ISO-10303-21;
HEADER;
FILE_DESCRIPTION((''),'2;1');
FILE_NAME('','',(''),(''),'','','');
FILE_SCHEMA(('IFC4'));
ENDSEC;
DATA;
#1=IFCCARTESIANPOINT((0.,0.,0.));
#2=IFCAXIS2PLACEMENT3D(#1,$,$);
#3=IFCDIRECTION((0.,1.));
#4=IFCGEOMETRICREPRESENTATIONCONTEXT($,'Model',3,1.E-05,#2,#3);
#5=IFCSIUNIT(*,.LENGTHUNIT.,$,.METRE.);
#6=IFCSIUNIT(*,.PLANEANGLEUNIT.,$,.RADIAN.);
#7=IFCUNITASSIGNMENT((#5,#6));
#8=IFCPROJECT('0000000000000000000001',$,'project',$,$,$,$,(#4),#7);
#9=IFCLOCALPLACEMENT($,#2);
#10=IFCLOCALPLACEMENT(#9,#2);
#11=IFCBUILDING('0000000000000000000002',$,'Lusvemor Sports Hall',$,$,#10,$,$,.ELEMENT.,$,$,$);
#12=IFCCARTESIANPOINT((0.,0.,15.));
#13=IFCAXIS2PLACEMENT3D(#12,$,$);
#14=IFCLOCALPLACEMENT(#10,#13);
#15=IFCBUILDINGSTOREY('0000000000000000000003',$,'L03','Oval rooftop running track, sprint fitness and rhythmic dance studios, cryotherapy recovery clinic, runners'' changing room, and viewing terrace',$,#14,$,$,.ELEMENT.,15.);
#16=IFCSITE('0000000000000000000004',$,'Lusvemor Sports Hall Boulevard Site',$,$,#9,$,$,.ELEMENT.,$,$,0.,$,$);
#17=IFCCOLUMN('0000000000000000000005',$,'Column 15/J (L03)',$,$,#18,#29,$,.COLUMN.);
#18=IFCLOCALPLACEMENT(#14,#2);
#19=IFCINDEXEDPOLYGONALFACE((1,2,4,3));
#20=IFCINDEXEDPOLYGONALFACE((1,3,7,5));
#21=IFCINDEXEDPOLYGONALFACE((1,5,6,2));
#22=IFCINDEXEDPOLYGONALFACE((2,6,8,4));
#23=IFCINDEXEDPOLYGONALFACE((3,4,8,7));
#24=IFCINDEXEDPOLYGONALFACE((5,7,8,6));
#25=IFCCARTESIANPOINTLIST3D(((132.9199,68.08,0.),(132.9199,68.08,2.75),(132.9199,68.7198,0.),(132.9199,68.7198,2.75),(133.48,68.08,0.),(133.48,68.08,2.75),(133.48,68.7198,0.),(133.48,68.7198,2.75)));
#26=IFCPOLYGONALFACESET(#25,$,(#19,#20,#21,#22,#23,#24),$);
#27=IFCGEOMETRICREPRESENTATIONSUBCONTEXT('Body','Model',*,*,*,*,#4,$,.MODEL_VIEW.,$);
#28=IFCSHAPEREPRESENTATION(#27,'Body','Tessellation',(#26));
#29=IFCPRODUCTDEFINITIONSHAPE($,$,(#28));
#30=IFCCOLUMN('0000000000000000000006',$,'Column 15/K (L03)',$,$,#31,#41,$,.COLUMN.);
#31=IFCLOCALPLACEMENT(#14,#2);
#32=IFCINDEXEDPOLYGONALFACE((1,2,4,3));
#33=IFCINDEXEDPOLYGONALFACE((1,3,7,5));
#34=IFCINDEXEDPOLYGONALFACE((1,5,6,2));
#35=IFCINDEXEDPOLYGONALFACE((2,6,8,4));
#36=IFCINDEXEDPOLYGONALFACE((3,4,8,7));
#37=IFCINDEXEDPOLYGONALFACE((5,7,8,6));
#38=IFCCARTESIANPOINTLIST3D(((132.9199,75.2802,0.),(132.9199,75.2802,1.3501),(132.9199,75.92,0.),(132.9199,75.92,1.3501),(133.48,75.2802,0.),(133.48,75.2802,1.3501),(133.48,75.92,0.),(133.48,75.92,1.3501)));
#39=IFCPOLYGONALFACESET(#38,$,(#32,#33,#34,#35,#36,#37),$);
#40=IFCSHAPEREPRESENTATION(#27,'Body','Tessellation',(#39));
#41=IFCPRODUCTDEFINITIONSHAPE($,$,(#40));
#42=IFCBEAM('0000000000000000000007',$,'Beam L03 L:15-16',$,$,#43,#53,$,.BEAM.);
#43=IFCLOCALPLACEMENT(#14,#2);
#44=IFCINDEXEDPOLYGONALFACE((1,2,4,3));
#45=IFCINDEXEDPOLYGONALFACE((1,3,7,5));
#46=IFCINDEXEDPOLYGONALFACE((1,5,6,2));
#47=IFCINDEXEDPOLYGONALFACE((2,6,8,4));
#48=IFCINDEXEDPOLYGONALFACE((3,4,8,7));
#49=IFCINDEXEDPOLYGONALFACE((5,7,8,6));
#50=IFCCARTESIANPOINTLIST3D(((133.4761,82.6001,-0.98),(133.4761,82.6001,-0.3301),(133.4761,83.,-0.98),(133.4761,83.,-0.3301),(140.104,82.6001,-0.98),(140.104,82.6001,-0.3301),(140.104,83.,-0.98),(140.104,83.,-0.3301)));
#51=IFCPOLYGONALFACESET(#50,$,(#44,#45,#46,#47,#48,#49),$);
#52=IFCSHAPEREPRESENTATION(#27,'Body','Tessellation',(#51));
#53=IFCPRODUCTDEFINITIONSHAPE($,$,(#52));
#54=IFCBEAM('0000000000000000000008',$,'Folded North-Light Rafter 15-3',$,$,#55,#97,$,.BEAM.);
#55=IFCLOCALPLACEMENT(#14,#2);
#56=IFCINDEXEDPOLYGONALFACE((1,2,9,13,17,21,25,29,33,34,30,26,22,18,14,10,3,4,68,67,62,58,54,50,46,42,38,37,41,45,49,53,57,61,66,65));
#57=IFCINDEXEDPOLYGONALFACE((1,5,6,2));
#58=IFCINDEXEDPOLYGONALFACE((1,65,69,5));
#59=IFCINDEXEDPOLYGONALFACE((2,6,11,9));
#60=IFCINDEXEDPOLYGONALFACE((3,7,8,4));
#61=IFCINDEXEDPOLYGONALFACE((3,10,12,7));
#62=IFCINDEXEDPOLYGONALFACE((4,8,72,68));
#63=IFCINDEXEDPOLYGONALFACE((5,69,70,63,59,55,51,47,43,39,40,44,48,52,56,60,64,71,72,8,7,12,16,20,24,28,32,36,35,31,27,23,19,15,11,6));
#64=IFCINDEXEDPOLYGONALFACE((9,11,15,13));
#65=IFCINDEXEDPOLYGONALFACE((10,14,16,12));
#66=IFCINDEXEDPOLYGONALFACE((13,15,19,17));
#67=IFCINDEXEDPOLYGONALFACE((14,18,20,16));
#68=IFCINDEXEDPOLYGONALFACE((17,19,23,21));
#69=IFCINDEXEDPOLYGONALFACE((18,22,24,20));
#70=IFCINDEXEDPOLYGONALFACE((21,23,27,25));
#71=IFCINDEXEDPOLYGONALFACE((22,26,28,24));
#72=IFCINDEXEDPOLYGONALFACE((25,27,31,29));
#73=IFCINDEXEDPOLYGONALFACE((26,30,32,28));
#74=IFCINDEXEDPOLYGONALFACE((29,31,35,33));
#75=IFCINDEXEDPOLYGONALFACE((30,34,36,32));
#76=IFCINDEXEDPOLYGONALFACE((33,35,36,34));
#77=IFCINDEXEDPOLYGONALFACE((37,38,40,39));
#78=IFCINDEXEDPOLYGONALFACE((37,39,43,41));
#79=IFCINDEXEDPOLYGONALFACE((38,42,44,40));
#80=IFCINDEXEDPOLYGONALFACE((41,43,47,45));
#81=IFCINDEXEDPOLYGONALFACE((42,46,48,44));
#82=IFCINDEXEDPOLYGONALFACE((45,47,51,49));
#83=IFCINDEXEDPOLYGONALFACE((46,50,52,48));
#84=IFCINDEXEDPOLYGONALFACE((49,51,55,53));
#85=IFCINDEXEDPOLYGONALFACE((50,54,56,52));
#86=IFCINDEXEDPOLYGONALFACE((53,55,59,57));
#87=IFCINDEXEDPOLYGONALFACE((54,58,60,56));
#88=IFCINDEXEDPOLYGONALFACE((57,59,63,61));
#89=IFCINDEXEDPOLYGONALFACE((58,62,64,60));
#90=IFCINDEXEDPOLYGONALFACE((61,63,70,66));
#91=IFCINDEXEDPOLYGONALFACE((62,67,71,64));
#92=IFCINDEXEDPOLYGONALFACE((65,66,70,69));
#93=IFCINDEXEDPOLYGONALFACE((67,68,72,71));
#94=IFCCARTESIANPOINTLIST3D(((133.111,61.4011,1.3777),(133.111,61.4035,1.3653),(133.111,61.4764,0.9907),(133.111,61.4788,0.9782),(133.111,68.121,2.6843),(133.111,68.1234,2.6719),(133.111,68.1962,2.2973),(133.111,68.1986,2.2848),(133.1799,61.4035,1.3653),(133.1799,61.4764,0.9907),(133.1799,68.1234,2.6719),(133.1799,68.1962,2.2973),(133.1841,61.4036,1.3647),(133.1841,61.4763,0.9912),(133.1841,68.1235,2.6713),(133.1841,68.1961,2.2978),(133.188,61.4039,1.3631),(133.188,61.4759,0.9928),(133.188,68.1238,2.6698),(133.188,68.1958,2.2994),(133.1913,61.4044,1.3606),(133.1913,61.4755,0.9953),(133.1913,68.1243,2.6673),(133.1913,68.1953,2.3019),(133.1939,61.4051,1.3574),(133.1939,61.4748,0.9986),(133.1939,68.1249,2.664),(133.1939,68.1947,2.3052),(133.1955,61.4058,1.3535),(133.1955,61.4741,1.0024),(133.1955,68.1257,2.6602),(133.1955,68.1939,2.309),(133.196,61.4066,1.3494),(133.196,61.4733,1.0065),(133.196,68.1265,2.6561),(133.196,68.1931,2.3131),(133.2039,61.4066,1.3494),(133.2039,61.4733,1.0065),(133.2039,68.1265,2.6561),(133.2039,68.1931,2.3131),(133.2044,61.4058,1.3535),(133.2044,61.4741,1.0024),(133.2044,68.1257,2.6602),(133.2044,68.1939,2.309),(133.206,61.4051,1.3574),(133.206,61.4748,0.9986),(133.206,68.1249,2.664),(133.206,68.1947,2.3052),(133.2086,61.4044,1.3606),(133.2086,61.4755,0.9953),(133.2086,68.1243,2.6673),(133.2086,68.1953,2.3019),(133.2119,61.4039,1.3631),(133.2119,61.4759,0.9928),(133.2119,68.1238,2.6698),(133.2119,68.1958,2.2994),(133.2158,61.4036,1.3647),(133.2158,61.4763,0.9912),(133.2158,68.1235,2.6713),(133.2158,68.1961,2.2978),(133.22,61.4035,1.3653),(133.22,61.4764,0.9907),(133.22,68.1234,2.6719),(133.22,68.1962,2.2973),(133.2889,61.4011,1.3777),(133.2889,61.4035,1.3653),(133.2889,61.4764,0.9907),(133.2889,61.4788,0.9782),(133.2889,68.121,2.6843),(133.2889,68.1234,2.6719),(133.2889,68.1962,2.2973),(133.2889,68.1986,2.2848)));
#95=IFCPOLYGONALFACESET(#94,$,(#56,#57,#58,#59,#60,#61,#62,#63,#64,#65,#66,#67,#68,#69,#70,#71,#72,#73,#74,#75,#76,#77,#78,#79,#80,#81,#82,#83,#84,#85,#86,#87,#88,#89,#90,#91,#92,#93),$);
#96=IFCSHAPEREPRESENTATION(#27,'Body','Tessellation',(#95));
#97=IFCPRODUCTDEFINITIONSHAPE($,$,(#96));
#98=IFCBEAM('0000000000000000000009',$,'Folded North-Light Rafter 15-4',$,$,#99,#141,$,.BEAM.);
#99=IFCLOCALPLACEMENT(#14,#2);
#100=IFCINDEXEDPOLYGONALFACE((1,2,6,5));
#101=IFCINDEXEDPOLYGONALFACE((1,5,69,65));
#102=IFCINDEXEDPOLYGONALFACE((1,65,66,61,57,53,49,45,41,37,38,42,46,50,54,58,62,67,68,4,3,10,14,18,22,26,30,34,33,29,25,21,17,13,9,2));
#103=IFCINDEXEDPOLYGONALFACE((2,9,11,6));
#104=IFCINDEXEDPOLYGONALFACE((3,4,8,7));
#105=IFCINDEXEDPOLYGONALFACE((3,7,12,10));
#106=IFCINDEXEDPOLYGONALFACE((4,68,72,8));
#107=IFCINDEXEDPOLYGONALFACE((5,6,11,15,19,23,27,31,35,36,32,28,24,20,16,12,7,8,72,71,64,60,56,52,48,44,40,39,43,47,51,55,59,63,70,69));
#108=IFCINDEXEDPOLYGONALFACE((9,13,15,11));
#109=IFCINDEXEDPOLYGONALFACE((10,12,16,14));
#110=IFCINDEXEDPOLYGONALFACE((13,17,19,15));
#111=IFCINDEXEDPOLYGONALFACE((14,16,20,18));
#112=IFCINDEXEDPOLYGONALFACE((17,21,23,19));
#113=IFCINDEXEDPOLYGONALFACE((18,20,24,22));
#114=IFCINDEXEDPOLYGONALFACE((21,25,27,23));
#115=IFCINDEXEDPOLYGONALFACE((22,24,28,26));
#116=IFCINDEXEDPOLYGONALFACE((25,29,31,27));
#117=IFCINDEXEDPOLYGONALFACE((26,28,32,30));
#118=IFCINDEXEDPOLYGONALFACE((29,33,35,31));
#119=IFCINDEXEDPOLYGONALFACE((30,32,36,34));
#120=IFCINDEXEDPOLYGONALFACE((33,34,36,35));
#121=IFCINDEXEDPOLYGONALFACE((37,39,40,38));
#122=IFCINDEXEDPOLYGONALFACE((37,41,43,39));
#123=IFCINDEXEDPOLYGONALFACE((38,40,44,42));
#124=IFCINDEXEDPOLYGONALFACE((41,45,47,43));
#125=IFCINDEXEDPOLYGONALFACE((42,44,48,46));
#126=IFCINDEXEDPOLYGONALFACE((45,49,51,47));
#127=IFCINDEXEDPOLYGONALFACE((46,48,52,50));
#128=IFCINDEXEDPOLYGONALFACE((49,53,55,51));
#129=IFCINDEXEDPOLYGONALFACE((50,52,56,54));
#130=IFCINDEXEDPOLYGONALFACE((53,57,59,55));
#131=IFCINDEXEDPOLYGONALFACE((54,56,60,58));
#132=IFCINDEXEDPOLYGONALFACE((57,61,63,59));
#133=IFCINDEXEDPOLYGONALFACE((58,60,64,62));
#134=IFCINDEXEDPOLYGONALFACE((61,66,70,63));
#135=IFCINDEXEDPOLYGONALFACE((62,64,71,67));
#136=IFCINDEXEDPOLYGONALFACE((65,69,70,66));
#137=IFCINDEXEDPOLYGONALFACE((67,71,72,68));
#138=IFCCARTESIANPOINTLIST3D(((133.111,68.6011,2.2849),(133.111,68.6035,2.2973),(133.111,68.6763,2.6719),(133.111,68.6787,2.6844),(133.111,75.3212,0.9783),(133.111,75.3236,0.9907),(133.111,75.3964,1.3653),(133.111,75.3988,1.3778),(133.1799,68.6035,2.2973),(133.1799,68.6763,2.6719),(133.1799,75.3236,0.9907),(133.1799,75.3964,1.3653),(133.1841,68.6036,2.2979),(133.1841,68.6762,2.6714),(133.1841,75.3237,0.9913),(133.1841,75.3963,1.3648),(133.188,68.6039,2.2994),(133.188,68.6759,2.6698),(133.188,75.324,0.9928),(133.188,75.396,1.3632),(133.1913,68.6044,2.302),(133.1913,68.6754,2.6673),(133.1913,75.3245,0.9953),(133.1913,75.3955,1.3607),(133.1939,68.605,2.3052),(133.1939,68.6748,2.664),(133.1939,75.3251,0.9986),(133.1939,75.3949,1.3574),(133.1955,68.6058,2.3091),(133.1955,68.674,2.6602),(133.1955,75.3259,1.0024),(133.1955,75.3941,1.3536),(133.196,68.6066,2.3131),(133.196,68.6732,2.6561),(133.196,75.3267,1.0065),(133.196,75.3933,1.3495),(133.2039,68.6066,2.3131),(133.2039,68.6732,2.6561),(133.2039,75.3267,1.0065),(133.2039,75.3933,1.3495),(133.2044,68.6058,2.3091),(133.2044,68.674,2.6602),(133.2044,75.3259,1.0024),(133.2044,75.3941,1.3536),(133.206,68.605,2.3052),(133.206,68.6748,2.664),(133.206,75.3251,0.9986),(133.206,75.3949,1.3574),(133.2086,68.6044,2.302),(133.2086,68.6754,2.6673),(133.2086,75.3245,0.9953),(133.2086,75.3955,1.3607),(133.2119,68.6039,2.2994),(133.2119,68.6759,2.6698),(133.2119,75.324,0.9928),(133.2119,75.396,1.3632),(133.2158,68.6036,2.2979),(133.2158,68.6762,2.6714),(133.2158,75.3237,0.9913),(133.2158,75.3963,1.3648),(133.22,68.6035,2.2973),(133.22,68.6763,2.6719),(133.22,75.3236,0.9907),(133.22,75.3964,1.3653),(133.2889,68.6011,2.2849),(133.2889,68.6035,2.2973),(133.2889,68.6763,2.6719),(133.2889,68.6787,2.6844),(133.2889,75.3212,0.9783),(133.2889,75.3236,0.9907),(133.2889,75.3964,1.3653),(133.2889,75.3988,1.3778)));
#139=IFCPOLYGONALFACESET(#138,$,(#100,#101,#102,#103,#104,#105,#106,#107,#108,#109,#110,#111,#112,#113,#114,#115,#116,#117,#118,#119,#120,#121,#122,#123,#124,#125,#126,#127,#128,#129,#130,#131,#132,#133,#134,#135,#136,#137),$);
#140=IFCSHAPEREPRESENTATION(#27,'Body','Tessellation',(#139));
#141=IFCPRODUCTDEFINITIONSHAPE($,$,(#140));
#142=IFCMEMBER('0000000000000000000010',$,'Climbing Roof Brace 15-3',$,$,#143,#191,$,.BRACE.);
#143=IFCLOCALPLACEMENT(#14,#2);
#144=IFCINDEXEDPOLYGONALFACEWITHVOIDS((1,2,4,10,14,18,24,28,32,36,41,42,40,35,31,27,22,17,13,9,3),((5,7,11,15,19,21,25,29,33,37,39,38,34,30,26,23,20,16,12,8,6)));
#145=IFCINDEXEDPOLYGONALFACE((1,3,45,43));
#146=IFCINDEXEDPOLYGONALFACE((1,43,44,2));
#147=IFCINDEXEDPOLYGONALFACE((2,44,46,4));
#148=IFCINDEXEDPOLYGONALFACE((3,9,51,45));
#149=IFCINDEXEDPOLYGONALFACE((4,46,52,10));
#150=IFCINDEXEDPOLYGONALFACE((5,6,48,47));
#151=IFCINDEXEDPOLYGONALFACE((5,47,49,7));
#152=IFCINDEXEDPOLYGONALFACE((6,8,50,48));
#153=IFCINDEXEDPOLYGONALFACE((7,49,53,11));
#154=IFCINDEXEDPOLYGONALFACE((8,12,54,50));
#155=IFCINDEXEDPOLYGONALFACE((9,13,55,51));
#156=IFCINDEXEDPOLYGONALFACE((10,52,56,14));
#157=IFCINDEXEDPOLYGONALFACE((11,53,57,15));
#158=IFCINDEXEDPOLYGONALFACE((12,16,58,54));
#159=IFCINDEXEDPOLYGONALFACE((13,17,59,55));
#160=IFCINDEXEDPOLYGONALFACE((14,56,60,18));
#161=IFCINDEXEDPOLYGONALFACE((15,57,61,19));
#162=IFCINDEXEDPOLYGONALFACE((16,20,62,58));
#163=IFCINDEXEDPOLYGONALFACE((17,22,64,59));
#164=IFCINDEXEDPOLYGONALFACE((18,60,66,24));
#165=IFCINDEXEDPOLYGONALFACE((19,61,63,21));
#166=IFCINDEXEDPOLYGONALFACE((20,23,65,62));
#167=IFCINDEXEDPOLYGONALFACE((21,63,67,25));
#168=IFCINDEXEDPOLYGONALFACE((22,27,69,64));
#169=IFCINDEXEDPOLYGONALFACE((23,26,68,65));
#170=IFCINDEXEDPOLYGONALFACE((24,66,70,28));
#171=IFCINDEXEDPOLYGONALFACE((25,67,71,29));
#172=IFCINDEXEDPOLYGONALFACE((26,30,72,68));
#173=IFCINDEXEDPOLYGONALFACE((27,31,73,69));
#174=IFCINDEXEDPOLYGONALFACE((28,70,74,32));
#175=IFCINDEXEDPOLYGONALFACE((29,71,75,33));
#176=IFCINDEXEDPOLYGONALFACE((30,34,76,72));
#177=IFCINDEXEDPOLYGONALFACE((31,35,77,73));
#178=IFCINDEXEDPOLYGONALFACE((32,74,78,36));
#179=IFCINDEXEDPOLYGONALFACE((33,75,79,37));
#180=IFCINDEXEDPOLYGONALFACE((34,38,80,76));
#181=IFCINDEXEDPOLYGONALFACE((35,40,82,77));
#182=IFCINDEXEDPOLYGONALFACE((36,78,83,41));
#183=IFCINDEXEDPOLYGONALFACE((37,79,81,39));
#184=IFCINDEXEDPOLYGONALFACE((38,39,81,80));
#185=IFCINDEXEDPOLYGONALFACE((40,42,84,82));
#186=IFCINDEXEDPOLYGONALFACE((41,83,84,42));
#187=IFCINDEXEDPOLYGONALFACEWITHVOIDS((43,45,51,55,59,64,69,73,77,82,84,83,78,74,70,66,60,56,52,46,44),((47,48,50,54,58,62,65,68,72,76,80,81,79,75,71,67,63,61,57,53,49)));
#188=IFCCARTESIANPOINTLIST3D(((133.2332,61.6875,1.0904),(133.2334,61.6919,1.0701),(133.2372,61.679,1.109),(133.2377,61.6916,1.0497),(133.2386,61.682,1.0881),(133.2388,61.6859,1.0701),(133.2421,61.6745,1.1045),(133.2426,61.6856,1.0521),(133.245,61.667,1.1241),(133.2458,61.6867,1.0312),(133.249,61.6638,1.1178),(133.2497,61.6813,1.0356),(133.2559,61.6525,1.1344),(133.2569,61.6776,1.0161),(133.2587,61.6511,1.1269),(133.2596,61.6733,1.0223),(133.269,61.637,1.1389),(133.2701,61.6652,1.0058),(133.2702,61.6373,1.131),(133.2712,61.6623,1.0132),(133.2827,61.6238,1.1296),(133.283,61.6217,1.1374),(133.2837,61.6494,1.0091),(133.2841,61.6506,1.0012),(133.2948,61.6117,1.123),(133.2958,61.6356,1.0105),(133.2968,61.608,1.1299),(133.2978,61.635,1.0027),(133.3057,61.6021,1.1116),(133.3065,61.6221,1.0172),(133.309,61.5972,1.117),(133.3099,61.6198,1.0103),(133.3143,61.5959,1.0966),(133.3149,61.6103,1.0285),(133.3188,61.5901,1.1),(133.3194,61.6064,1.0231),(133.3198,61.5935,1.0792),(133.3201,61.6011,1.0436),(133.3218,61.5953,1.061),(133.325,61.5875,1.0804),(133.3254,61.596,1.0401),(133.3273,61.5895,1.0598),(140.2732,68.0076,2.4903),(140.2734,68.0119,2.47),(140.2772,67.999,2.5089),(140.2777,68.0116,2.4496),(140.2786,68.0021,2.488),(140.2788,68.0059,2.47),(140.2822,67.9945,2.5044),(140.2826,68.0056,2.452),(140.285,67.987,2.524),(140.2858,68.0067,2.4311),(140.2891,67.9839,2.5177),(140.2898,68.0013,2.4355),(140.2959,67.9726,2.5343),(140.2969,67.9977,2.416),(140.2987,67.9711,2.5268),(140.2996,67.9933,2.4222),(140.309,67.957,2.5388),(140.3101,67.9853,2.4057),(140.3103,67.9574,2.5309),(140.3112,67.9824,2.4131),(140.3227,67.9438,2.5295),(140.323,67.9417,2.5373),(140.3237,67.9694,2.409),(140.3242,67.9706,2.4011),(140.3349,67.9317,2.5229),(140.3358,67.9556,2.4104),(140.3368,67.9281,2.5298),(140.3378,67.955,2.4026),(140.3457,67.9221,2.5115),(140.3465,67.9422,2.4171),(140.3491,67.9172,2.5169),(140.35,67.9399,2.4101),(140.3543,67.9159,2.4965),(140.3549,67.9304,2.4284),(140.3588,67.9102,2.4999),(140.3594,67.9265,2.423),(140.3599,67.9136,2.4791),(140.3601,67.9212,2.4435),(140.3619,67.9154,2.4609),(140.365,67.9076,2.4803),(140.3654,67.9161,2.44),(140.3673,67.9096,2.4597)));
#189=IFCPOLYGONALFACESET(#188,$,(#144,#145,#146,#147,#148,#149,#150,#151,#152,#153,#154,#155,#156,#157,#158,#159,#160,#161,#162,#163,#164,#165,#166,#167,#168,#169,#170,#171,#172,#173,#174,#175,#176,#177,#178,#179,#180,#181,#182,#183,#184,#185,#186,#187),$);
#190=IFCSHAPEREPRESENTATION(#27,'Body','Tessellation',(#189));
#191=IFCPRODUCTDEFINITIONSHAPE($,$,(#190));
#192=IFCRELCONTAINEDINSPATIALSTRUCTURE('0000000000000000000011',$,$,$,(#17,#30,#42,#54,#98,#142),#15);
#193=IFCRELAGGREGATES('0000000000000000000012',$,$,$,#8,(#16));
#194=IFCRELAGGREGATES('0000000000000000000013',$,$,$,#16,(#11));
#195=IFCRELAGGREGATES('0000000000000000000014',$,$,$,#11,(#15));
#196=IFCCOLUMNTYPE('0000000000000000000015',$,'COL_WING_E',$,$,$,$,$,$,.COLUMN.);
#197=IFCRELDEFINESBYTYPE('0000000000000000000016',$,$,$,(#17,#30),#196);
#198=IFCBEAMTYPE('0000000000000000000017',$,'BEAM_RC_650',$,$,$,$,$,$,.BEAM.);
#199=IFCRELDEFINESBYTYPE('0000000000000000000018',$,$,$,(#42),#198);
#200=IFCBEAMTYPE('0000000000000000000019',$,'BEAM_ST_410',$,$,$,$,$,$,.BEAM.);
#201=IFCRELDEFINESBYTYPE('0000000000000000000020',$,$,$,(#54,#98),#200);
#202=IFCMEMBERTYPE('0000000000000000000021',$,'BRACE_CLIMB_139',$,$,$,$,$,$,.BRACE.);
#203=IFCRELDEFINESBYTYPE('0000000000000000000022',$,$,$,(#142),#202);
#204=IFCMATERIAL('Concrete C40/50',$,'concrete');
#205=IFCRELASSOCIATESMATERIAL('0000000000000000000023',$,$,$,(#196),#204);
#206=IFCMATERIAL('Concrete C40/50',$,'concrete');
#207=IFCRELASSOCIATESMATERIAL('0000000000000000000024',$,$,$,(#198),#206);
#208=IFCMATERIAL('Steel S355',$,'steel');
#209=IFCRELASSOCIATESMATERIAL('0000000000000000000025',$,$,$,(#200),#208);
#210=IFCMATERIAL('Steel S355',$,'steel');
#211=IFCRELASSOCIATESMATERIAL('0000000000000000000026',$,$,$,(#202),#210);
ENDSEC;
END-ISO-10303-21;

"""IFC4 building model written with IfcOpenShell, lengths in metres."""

from ifc_helpers import new_model, si_unit, direction, frame, origin, origin_2d, place, context, subcontext, project, spatial, rectangle, hollow_circle, i_section, extrude, material, material_profile, profile_set, type_object, element, save


model = new_model("IFC4")

# Units and contexts
model_context = context("Model", 3, precision=1e-05, world=origin(), true_north=direction((0.0, 1.0)))
body_context = subcontext(model_context, "Body", "Model", "MODEL_VIEW")
ifc_project = project(units=[si_unit("LENGTHUNIT", "METRE"), si_unit("PLANEANGLEUNIT", "RADIAN")], contexts=[model_context])

# Site, building, storey
site_placement = place(None, origin())
site = spatial("IfcSite", under=ifc_project, at=site_placement, Name="Lusvemor Sports Hall Boulevard Site", CompositionType="ELEMENT", RefElevation=0.0)
building_placement = place(site_placement, origin())
building = spatial("IfcBuilding", under=site, at=building_placement, Name="Lusvemor Sports Hall", CompositionType="ELEMENT")
storey_placement = place(building_placement, frame((0.0, 0.0, 15.0)))
storey = spatial("IfcBuildingStorey", under=building, at=storey_placement, Name="L03", Description="Oval rooftop running track, sprint fitness and rhythmic dance studios, cryotherapy recovery clinic, runners' changing room, and viewing terrace", CompositionType="ELEMENT", Elevation=15.0)

# Columns
ifc_material_1 = material(Name="Concrete C40/50", Category="concrete")
ifc_material_profile_1 = material_profile(ifc_material_1, rectangle(XDim=0.5601, YDim=0.6399, at=origin_2d()), Name="RC560x640")
ifc_profile_set_1 = profile_set([ifc_material_profile_1], Name="Concrete C40/50")
column_type = type_object("IfcColumnType", Name="COL_WING_E", PredefinedType="COLUMN", material=ifc_profile_set_1)
column_1_placement = place(storey_placement, frame((133.2, 68.3999, 0.0), z_axis=(0.0, 0.0, 1.0), x_axis=(1.0, 0.0, 0.0)))
element("IfcColumn", 1, at=column_1_placement, inside=storey, type_object=column_type, Name="Column 15/J (L03)", PredefinedType="COLUMN", context=body_context, shape_type="SweptSolid", body=[
    extrude(rectangle(XDim=0.5601, YDim=0.6399, at=origin_2d()), origin(), (0.0, 0.0, 1.0), 2.75),
])
column_2_placement = place(storey_placement, frame((133.2, 75.6001, 0.0), z_axis=(0.0, 0.0, 1.0), x_axis=(1.0, 0.0, 0.0)))
element("IfcColumn", 2, at=column_2_placement, inside=storey, type_object=column_type, Name="Column 15/K (L03)", PredefinedType="COLUMN", context=body_context, shape_type="SweptSolid", body=[
    extrude(rectangle(XDim=0.5601, YDim=0.6399, at=origin_2d()), origin(), (0.0, 0.0, 1.0), 1.3501),
])

# Beams
ifc_material_2 = material(Name="Concrete C40/50", Category="concrete")
ifc_material_profile_2 = material_profile(ifc_material_2, rectangle(XDim=0.3999, YDim=0.6499, at=origin_2d()), Name="RC400x650")
ifc_profile_set_2 = profile_set([ifc_material_profile_2], Name="Concrete C40/50")
beam_type_1 = type_object("IfcBeamType", Name="BEAM_RC_650", PredefinedType="BEAM", material=ifc_profile_set_2)
beam_1_placement = place(storey_placement, frame((133.4761, 82.8, -0.655), z_axis=(1.0, 0.0, 0.0), x_axis=(0.0, 1.0, 0.0)))
element("IfcBeam", 3, at=beam_1_placement, inside=storey, type_object=beam_type_1, Name="Beam L03 L:15-16", PredefinedType="BEAM", context=body_context, shape_type="SweptSolid", body=[
    extrude(rectangle(XDim=0.3999, YDim=0.6499, at=origin_2d()), origin(), (0.0, 0.0, 1.0), 6.6279),
])
ifc_material_3 = material(Name="Steel S355", Category="steel")
ifc_material_profile_3 = material_profile(ifc_material_3, i_section(OverallWidth=0.178, OverallDepth=0.407, WebThickness=0.0078, FlangeThickness=0.0127, FilletRadius=0.0161, at=origin_2d()), Name="W410x60.0")
ifc_profile_set_3 = profile_set([ifc_material_profile_3], Name="Steel S355")
beam_type_2 = type_object("IfcBeamType", Name="BEAM_ST_410", PredefinedType="BEAM", material=ifc_profile_set_3)
beam_2_placement = place(storey_placement, frame((133.2, 61.4399, 1.178), z_axis=(0.0, 0.981616, 0.190867), x_axis=(-1.0, 0.0, 0.0)))
element("IfcBeam", 4, at=beam_2_placement, inside=storey, type_object=beam_type_2, Name="Folded North-Light Rafter 15-3", PredefinedType="BEAM", context=body_context, shape_type="SweptSolid", body=[
    extrude(i_section(OverallWidth=0.178, OverallDepth=0.407, WebThickness=0.0078, FlangeThickness=0.0127, FilletRadius=0.0161, at=origin_2d()), origin(), (0.0, 0.0, 1.0), 6.8457),
])
beam_3_placement = place(storey_placement, frame((133.2, 68.6399, 2.4846), z_axis=(0.0, 0.981617, -0.19086), x_axis=(-1.0, 0.0, 0.0)))
element("IfcBeam", 5, at=beam_3_placement, inside=storey, type_object=beam_type_2, Name="Folded North-Light Rafter 15-4", PredefinedType="BEAM", context=body_context, shape_type="SweptSolid", body=[
    extrude(i_section(OverallWidth=0.178, OverallDepth=0.407, WebThickness=0.0078, FlangeThickness=0.0127, FilletRadius=0.0161, at=origin_2d()), origin(), (0.0, 0.0, 1.0), 6.8459),
])

# Member
ifc_material_4 = material(Name="Steel S355", Category="steel")
ifc_material_profile_4 = material_profile(ifc_material_4, hollow_circle(Radius=0.0698, WallThickness=0.0081, at=origin_2d()), Name="CHS139.7x8.0")
ifc_profile_set_4 = profile_set([ifc_material_profile_4], Name="Steel S355")
member_type_1 = type_object("IfcMemberType", Name="BRACE_CLIMB_139", PredefinedType="BRACE", material=ifc_profile_set_4)
member_1_placement = place(storey_placement, frame((133.28, 61.6399, 1.0701), z_axis=(0.736118, 0.660836, 0.146376), x_axis=(-0.668032, 0.744133, 0.0)))
element("IfcMember", 6, at=member_1_placement, inside=storey, type_object=member_type_1, Name="Climbing Roof Brace 15-3", PredefinedType="BRACE", context=body_context, shape_type="SweptSolid", body=[
    extrude(hollow_circle(Radius=0.0698, WallThickness=0.0081, at=origin_2d()), origin(), (0.0, 0.0, 1.0), 9.5637),
])

save(model, "model.ifc")
